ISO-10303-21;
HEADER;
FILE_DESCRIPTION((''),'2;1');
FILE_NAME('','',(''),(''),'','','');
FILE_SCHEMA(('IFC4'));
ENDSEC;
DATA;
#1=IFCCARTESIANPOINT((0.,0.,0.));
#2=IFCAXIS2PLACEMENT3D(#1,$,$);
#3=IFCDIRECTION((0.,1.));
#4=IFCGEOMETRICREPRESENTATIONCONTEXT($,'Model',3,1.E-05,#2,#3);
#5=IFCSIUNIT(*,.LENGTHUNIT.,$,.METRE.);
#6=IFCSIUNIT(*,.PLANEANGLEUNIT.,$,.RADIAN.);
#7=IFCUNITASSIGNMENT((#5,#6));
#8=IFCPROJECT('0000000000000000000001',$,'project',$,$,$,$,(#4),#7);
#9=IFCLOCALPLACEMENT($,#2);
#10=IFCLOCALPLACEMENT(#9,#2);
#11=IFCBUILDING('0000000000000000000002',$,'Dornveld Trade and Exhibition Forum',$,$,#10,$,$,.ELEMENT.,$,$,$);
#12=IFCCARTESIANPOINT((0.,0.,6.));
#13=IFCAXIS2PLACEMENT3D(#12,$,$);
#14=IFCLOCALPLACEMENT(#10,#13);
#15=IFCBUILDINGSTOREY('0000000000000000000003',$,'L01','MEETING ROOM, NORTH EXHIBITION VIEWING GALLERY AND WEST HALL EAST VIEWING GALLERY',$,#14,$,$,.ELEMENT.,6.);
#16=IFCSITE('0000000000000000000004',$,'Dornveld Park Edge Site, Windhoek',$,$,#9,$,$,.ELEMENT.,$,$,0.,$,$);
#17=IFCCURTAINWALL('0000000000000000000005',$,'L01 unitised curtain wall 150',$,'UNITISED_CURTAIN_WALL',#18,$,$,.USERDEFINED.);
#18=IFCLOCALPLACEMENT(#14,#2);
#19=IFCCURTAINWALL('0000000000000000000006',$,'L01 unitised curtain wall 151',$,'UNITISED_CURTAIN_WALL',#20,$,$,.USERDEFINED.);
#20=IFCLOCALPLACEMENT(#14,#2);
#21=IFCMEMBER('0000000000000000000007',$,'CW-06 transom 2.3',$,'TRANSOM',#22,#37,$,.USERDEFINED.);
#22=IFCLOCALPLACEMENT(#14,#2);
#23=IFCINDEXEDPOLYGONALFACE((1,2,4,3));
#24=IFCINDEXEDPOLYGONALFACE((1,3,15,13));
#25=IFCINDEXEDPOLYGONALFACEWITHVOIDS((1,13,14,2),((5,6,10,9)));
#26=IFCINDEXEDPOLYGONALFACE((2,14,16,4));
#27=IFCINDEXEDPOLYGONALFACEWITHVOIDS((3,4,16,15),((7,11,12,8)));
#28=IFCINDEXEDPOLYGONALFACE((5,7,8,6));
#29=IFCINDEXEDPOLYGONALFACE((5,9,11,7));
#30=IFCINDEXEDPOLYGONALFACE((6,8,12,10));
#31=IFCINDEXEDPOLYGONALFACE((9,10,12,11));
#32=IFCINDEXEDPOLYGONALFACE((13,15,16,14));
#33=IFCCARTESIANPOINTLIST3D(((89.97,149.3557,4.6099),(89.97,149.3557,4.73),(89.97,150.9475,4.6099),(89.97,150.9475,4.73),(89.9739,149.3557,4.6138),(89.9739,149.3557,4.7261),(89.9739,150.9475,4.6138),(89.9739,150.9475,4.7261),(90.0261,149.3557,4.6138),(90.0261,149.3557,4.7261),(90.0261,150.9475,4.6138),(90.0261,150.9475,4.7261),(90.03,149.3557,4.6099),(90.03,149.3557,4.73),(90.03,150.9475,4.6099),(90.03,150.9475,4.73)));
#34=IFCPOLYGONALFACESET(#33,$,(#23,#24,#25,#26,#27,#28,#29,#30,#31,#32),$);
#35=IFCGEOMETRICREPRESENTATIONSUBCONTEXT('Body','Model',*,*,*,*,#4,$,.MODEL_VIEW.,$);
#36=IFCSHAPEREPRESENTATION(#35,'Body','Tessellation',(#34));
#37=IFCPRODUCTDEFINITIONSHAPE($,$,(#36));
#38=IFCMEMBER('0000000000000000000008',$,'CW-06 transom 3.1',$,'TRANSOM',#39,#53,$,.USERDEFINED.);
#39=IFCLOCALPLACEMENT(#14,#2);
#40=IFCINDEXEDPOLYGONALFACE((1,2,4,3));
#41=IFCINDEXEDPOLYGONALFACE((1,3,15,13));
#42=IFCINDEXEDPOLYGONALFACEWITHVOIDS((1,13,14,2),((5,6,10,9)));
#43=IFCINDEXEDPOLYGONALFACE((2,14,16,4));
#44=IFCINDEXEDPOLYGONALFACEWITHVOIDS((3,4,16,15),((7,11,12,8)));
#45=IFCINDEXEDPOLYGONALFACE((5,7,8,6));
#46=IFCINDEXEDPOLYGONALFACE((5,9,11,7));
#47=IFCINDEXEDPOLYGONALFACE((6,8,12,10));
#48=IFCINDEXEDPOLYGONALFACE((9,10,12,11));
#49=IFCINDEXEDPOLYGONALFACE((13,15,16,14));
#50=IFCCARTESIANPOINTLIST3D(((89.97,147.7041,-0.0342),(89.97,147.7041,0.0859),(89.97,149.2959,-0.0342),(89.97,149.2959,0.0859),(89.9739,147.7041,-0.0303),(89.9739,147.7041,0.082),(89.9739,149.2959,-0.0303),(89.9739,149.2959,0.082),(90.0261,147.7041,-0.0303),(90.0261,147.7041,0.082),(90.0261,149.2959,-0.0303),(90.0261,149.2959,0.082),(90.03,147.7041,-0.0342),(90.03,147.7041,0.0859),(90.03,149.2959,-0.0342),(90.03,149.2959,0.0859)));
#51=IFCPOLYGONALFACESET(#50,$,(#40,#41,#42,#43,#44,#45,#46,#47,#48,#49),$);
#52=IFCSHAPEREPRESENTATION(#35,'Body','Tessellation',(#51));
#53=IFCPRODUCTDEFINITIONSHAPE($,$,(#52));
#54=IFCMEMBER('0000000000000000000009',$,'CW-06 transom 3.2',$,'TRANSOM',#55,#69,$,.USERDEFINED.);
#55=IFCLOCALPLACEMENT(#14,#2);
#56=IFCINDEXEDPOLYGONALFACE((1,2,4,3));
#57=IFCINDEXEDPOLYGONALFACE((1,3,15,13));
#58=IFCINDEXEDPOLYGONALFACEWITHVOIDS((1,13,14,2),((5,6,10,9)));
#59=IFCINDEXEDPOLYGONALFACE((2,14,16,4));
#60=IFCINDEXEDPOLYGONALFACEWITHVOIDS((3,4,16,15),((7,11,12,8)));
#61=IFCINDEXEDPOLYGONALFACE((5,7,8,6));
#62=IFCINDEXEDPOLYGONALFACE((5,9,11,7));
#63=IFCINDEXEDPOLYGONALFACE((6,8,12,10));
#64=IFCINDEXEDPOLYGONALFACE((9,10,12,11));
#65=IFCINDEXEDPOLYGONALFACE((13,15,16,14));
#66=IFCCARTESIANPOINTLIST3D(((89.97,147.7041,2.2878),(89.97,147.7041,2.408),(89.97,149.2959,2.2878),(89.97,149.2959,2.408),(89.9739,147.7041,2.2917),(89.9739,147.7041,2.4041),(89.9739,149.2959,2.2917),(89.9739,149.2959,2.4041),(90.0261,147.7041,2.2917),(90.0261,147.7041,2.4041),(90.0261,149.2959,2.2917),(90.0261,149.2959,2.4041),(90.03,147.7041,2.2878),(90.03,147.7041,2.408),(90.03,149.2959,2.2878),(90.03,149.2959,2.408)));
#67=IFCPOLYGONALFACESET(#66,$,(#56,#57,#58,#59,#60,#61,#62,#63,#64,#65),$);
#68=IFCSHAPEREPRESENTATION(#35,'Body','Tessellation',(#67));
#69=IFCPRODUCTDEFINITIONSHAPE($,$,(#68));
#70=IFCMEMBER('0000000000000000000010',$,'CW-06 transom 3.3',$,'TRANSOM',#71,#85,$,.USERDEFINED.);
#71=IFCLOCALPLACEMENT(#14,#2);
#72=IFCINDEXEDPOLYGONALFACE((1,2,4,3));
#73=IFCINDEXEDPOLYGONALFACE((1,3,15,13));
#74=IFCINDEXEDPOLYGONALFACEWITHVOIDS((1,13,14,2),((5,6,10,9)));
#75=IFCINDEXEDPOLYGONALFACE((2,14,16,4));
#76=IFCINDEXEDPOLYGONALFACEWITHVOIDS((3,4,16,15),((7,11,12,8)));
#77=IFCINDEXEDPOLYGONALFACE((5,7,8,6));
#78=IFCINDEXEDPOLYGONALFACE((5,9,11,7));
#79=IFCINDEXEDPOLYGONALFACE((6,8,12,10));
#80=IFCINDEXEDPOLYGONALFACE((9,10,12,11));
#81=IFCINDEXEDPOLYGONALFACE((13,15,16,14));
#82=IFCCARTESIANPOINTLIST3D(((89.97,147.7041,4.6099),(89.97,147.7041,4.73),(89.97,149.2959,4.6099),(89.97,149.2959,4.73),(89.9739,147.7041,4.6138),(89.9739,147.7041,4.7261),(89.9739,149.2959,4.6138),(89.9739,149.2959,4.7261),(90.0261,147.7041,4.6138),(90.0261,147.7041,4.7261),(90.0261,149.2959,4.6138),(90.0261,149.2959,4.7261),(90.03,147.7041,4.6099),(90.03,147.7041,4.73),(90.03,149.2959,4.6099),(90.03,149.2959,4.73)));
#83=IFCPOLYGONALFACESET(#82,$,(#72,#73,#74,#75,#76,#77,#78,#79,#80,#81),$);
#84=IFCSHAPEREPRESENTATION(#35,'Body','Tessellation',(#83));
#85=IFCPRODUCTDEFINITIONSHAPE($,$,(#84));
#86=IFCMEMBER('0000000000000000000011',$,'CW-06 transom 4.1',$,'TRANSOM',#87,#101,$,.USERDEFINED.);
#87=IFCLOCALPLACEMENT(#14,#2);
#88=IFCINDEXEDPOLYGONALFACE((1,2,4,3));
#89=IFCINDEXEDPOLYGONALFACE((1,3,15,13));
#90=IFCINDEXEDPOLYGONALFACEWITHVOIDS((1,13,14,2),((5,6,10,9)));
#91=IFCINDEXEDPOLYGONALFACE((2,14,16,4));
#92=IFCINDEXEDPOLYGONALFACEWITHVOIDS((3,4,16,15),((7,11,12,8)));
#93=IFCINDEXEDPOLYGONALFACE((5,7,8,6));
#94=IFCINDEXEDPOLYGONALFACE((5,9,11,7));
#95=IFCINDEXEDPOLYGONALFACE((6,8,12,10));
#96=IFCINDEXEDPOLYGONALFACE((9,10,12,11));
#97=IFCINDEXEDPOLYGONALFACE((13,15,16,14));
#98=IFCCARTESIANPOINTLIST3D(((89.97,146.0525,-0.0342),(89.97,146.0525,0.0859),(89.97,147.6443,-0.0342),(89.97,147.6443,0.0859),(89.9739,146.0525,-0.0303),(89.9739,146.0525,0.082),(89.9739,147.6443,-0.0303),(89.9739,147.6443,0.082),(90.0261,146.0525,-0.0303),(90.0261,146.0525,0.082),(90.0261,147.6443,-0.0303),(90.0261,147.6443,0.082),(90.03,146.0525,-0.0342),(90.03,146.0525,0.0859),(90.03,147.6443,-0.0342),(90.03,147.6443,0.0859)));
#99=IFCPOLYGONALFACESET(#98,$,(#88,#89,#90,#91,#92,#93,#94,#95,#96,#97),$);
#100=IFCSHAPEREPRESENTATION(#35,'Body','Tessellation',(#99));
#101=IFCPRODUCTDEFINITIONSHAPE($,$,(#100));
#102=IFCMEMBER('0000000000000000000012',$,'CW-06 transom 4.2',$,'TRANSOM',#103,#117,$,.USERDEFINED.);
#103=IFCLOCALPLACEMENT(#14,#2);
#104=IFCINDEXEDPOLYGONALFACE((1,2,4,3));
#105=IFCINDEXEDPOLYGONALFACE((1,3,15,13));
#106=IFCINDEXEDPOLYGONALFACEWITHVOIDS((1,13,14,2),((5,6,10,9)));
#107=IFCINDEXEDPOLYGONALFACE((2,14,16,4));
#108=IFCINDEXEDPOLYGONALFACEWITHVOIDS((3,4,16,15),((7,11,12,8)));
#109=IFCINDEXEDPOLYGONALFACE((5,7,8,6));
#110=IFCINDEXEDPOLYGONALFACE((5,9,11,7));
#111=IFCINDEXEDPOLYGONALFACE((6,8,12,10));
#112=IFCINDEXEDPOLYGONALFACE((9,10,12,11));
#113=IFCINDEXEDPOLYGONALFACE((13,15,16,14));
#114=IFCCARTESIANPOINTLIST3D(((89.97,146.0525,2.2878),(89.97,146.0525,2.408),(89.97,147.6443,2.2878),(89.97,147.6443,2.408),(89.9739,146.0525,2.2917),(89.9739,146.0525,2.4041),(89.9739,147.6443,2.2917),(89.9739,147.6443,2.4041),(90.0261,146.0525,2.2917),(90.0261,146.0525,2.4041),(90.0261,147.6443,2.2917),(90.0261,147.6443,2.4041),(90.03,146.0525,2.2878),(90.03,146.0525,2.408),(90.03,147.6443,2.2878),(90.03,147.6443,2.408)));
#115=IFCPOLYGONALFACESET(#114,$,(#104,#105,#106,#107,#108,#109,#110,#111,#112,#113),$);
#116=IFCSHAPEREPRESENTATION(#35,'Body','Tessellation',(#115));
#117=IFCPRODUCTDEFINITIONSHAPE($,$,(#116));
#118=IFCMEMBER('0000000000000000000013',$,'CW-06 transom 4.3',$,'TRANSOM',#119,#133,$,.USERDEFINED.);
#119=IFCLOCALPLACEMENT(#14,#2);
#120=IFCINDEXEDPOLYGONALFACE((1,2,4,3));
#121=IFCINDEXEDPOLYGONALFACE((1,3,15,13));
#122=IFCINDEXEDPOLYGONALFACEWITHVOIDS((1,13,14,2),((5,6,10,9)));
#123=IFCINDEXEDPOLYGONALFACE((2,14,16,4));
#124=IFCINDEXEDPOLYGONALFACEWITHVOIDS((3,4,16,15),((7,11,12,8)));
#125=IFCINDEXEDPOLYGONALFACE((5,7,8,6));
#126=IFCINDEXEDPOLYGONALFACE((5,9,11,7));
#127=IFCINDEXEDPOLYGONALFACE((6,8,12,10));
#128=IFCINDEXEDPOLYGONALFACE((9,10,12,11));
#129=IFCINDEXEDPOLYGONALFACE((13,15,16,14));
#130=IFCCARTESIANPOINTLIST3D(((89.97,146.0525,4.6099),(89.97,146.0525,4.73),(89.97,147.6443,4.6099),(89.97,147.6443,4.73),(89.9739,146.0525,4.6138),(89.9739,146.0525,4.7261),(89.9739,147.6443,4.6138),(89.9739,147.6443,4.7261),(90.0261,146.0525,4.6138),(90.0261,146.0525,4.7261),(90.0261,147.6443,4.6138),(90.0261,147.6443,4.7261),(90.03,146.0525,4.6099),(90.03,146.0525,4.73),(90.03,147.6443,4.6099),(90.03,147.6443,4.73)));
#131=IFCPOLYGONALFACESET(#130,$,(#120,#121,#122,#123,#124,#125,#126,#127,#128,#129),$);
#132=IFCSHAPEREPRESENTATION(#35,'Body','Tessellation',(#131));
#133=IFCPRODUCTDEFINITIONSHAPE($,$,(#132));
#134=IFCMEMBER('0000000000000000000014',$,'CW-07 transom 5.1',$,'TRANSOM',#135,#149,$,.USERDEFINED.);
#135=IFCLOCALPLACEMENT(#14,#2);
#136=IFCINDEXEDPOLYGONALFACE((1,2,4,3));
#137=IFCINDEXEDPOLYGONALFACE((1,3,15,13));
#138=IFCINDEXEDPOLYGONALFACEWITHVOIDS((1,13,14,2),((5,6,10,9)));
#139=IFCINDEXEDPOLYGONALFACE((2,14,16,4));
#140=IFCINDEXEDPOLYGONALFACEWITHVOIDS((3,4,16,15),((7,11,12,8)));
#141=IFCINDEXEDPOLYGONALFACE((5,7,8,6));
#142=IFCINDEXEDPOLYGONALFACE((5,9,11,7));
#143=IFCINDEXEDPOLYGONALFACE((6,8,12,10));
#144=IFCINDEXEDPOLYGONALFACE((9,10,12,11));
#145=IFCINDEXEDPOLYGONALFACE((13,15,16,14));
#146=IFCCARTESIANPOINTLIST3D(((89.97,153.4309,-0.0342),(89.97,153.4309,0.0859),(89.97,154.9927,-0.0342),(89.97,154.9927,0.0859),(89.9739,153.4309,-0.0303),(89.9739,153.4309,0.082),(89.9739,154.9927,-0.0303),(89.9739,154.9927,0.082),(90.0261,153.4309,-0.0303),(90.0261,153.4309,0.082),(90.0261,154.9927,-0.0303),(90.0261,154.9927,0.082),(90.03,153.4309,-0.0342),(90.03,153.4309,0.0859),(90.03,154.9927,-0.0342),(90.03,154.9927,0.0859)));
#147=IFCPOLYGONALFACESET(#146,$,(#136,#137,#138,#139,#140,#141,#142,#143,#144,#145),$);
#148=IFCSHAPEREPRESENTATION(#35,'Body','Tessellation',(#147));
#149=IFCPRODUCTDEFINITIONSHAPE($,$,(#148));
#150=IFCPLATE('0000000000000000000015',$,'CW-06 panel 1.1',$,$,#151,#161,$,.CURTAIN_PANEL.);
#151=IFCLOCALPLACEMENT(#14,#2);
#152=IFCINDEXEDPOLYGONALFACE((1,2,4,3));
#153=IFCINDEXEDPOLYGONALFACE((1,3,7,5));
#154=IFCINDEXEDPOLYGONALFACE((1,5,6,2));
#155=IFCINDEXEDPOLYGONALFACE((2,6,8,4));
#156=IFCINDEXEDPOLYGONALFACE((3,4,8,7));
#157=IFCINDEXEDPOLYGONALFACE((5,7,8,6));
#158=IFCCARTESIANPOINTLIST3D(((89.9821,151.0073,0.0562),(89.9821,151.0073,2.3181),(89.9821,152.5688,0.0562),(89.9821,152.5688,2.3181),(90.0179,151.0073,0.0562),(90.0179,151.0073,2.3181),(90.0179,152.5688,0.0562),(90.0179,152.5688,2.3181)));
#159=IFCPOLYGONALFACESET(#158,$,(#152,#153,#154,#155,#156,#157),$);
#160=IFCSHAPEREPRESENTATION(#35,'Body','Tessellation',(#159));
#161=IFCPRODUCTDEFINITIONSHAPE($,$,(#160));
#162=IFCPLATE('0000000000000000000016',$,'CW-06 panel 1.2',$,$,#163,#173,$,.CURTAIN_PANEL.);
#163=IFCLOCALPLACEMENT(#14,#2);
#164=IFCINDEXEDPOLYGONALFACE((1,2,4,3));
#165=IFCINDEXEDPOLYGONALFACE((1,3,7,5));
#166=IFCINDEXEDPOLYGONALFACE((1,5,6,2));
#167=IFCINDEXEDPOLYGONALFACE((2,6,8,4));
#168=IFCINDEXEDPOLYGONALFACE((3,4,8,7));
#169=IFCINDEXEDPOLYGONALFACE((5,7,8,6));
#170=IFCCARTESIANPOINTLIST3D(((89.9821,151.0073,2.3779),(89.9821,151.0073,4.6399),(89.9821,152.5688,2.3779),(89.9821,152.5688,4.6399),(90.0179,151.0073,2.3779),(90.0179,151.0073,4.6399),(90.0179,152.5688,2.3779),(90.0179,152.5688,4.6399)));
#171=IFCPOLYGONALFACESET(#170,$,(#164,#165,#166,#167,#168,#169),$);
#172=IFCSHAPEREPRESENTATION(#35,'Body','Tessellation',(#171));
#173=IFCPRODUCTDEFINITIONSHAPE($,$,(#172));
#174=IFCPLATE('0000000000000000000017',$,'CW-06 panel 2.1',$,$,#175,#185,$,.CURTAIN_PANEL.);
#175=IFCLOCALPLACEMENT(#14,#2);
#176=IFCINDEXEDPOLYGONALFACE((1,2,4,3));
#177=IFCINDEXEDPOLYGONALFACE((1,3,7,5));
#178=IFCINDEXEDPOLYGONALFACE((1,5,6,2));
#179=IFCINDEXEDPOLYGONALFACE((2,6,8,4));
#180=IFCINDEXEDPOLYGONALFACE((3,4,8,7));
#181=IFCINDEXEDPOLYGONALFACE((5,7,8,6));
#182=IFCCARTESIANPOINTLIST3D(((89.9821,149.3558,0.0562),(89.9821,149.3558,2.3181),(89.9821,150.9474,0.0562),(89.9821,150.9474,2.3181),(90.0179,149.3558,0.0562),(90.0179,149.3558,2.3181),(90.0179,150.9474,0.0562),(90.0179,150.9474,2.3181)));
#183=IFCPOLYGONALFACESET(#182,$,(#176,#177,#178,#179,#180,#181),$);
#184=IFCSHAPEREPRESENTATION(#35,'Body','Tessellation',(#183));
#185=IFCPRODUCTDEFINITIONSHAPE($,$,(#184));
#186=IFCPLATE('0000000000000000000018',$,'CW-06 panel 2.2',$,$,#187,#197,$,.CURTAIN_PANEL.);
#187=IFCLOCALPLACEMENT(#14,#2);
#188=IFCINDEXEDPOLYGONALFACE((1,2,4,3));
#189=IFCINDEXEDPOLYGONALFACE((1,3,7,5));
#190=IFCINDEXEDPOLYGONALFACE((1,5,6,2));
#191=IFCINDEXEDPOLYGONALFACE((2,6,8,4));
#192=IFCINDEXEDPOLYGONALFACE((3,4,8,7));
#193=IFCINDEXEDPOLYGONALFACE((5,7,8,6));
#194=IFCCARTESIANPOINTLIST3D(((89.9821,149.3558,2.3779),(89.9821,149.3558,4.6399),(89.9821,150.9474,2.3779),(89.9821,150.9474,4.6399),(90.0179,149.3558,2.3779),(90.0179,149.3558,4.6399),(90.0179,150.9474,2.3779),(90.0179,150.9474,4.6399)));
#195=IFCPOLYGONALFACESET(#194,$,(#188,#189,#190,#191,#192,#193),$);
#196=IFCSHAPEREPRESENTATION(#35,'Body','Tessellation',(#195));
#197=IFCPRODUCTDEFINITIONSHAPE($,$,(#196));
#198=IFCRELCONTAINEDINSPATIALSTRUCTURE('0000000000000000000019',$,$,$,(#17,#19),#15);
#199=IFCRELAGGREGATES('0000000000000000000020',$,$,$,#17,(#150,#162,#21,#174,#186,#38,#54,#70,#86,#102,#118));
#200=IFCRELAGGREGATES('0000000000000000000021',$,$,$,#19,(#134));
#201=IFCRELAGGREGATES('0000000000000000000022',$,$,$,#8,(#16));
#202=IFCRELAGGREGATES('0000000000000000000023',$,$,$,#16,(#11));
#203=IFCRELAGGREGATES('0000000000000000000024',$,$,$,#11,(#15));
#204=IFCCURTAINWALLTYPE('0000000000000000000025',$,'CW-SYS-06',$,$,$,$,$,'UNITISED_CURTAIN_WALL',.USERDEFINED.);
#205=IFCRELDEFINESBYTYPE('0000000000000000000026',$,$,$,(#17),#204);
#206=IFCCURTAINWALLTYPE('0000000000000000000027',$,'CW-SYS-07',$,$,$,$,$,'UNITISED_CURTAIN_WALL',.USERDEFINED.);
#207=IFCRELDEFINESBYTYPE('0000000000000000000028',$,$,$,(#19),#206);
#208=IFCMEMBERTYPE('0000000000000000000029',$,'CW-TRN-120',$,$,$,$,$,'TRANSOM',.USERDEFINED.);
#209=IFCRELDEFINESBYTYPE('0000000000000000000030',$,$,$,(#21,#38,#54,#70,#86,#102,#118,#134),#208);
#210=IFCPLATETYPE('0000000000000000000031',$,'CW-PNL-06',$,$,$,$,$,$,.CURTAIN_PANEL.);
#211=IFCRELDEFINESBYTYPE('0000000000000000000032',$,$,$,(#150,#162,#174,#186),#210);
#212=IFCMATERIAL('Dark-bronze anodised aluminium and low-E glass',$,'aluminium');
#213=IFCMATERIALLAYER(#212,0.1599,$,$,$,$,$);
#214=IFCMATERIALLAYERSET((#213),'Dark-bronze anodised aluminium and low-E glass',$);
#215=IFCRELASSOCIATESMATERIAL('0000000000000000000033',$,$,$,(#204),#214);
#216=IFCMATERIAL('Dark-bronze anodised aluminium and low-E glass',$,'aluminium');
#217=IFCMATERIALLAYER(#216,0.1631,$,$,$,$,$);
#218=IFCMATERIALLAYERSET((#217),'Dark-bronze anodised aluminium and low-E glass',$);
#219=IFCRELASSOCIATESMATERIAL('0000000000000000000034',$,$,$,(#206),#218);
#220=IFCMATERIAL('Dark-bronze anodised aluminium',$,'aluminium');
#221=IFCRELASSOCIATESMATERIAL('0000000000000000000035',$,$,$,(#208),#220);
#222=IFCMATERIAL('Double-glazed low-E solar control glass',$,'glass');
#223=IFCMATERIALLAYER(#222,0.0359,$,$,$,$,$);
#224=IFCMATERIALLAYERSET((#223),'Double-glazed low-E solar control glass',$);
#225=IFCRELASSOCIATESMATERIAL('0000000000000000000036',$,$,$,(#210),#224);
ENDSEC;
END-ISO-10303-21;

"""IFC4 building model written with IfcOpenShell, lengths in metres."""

from ifc_helpers import new_model, si_unit, direction, frame, origin, origin_2d, place, context, subcontext, project, spatial, rectangle, hollow_rectangle, extrude, material, layer, layer_set, material_profile, profile_set, type_object, element, aggregate, save


model = new_model("IFC4")

# Units and contexts
model_context = context("Model", 3, precision=1e-05, world=origin(), true_north=direction((0.0, 1.0)))
body_context = subcontext(model_context, "Body", "Model", "MODEL_VIEW")
ifc_project = project(units=[si_unit("LENGTHUNIT", "METRE"), si_unit("PLANEANGLEUNIT", "RADIAN")], contexts=[model_context])

# Site, building, storey
site_placement = place(None, origin())
site = spatial("IfcSite", under=ifc_project, at=site_placement, Name="Dornveld Park Edge Site, Windhoek", CompositionType="ELEMENT", RefElevation=0.0)
building_placement = place(site_placement, origin())
building = spatial("IfcBuilding", under=site, at=building_placement, Name="Dornveld Trade and Exhibition Forum", CompositionType="ELEMENT")
storey_placement = place(building_placement, frame((0.0, 0.0, 6.0)))
storey = spatial("IfcBuildingStorey", under=building, at=storey_placement, Name="L01", Description="MEETING ROOM, NORTH EXHIBITION VIEWING GALLERY AND WEST HALL EAST VIEWING GALLERY", CompositionType="ELEMENT", Elevation=6.0)

# Curtain wall
ifc_material_1 = material(Name="Dark-bronze anodised aluminium and low-E glass", Category="aluminium")
ifc_layer_1 = layer(ifc_material_1, 0.1599)
ifc_layer_set_1 = layer_set([ifc_layer_1], Name="Dark-bronze anodised aluminium and low-E glass")
curtain_wall_type_1 = type_object("IfcCurtainWallType", Name="CW-SYS-06", ElementType="UNITISED_CURTAIN_WALL", PredefinedType="USERDEFINED", material=ifc_layer_set_1)
curtain_wall_1_placement = place(storey_placement, origin())
curtain_wall_1 = element("IfcCurtainWall", 1, at=curtain_wall_1_placement, inside=storey, type_object=curtain_wall_type_1, Name="L01 unitised curtain wall 150", ObjectType="UNITISED_CURTAIN_WALL", PredefinedType="USERDEFINED")

# Curtain wall
ifc_material_2 = material(Name="Dark-bronze anodised aluminium and low-E glass", Category="aluminium")
ifc_layer_2 = layer(ifc_material_2, 0.1631)
ifc_layer_set_2 = layer_set([ifc_layer_2], Name="Dark-bronze anodised aluminium and low-E glass")
curtain_wall_type_2 = type_object("IfcCurtainWallType", Name="CW-SYS-07", ElementType="UNITISED_CURTAIN_WALL", PredefinedType="USERDEFINED", material=ifc_layer_set_2)
curtain_wall_2_placement = place(storey_placement, origin())
curtain_wall_2 = element("IfcCurtainWall", 2, at=curtain_wall_2_placement, inside=storey, type_object=curtain_wall_type_2, Name="L01 unitised curtain wall 151", ObjectType="UNITISED_CURTAIN_WALL", PredefinedType="USERDEFINED")

# Members
ifc_material_3 = material(Name="Dark-bronze anodised aluminium", Category="aluminium")
ifc_material_profile_1 = material_profile(ifc_material_3, hollow_rectangle(XDim=0.0601, YDim=0.1201, WallThickness=0.0039, at=origin_2d()), Name="RHS 120x60x4")
ifc_profile_set_1 = profile_set([ifc_material_profile_1], Name="Dark-bronze anodised aluminium")
member_type_1 = type_object("IfcMemberType", Name="CW-TRN-120", ElementType="TRANSOM", PredefinedType="USERDEFINED", material=ifc_profile_set_1)
member_1_placement = place(storey_placement, frame((90.0, 150.9475, 4.6699), z_axis=(0.0, -1.0, 0.0), x_axis=(1.0, 0.0, 0.0)))
member_1 = element("IfcMember", 3, at=member_1_placement, type_object=member_type_1, Name="CW-06 transom 2.3", ObjectType="TRANSOM", PredefinedType="USERDEFINED", context=body_context, shape_type="SweptSolid", body=[
    extrude(hollow_rectangle(XDim=0.0601, YDim=0.1201, WallThickness=0.0039, at=origin_2d()), origin(), (0.0, 0.0, 1.0), 1.5918),
])
member_2_placement = place(storey_placement, frame((90.0, 149.2959, 0.0259), z_axis=(0.0, -1.0, 0.0), x_axis=(1.0, 0.0, 0.0)))
member_2 = element("IfcMember", 4, at=member_2_placement, type_object=member_type_1, Name="CW-06 transom 3.1", ObjectType="TRANSOM", PredefinedType="USERDEFINED", context=body_context, shape_type="SweptSolid", body=[
    extrude(hollow_rectangle(XDim=0.0601, YDim=0.1201, WallThickness=0.0039, at=origin_2d()), origin(), (0.0, 0.0, 1.0), 1.5918),
])
member_3_placement = place(storey_placement, frame((90.0, 149.2959, 2.3479), z_axis=(0.0, -1.0, 0.0), x_axis=(1.0, 0.0, 0.0)))
member_3 = element("IfcMember", 5, at=member_3_placement, type_object=member_type_1, Name="CW-06 transom 3.2", ObjectType="TRANSOM", PredefinedType="USERDEFINED", context=body_context, shape_type="SweptSolid", body=[
    extrude(hollow_rectangle(XDim=0.0601, YDim=0.1201, WallThickness=0.0039, at=origin_2d()), origin(), (0.0, 0.0, 1.0), 1.5918),
])
member_4_placement = place(storey_placement, frame((90.0, 149.2959, 4.6699), z_axis=(0.0, -1.0, 0.0), x_axis=(1.0, 0.0, 0.0)))
member_4 = element("IfcMember", 6, at=member_4_placement, type_object=member_type_1, Name="CW-06 transom 3.3", ObjectType="TRANSOM", PredefinedType="USERDEFINED", context=body_context, shape_type="SweptSolid", body=[
    extrude(hollow_rectangle(XDim=0.0601, YDim=0.1201, WallThickness=0.0039, at=origin_2d()), origin(), (0.0, 0.0, 1.0), 1.5918),
])
member_5_placement = place(storey_placement, frame((90.0, 147.6443, 0.0259), z_axis=(0.0, -1.0, 0.0), x_axis=(1.0, 0.0, 0.0)))
member_5 = element("IfcMember", 7, at=member_5_placement, type_object=member_type_1, Name="CW-06 transom 4.1", ObjectType="TRANSOM", PredefinedType="USERDEFINED", context=body_context, shape_type="SweptSolid", body=[
    extrude(hollow_rectangle(XDim=0.0601, YDim=0.1201, WallThickness=0.0039, at=origin_2d()), origin(), (0.0, 0.0, 1.0), 1.5918),
])
member_6_placement = place(storey_placement, frame((90.0, 147.6443, 2.3479), z_axis=(0.0, -1.0, 0.0), x_axis=(1.0, 0.0, 0.0)))
member_6 = element("IfcMember", 8, at=member_6_placement, type_object=member_type_1, Name="CW-06 transom 4.2", ObjectType="TRANSOM", PredefinedType="USERDEFINED", context=body_context, shape_type="SweptSolid", body=[
    extrude(hollow_rectangle(XDim=0.0601, YDim=0.1201, WallThickness=0.0039, at=origin_2d()), origin(), (0.0, 0.0, 1.0), 1.5918),
])
member_7_placement = place(storey_placement, frame((90.0, 147.6443, 4.6699), z_axis=(0.0, -1.0, 0.0), x_axis=(1.0, 0.0, 0.0)))
member_7 = element("IfcMember", 9, at=member_7_placement, type_object=member_type_1, Name="CW-06 transom 4.3", ObjectType="TRANSOM", PredefinedType="USERDEFINED", context=body_context, shape_type="SweptSolid", body=[
    extrude(hollow_rectangle(XDim=0.0601, YDim=0.1201, WallThickness=0.0039, at=origin_2d()), origin(), (0.0, 0.0, 1.0), 1.5918),
])
member_8_placement = place(storey_placement, frame((90.0, 154.9927, 0.0259), z_axis=(0.0, -1.0, 0.0), x_axis=(1.0, 0.0, 0.0)))
member_8 = element("IfcMember", 10, at=member_8_placement, type_object=member_type_1, Name="CW-07 transom 5.1", ObjectType="TRANSOM", PredefinedType="USERDEFINED", context=body_context, shape_type="SweptSolid", body=[
    extrude(hollow_rectangle(XDim=0.0601, YDim=0.1201, WallThickness=0.0039, at=origin_2d()), origin(), (0.0, 0.0, 1.0), 1.5618),
])

# Plates
ifc_material_4 = material(Name="Double-glazed low-E solar control glass", Category="glass")
ifc_layer_3 = layer(ifc_material_4, 0.0359)
ifc_layer_set_3 = layer_set([ifc_layer_3], Name="Double-glazed low-E solar control glass")
plate_type_1 = type_object("IfcPlateType", Name="CW-PNL-06", PredefinedType="CURTAIN_PANEL", material=ifc_layer_set_3)
plate_1_placement = place(storey_placement, frame((90.0, 151.7881, 0.0562), z_axis=(0.0, 0.0, 1.0), x_axis=(0.0, -1.0, 0.0)))
plate_1 = element("IfcPlate", 11, at=plate_1_placement, type_object=plate_type_1, Name="CW-06 panel 1.1", PredefinedType="CURTAIN_PANEL", context=body_context, shape_type="SweptSolid", body=[
    extrude(rectangle(XDim=1.5615, YDim=0.0359, at=origin_2d()), origin(), (0.0, 0.0, 1.0), 2.262),
])
plate_2_placement = place(storey_placement, frame((90.0, 151.7881, 2.3779), z_axis=(0.0, 0.0, 1.0), x_axis=(0.0, -1.0, 0.0)))
plate_2 = element("IfcPlate", 12, at=plate_2_placement, type_object=plate_type_1, Name="CW-06 panel 1.2", PredefinedType="CURTAIN_PANEL", context=body_context, shape_type="SweptSolid", body=[
    extrude(rectangle(XDim=1.5615, YDim=0.0359, at=origin_2d()), origin(), (0.0, 0.0, 1.0), 2.262),
])
plate_3_placement = place(storey_placement, frame((90.0, 150.1516, 0.0562), z_axis=(0.0, 0.0, 1.0), x_axis=(0.0, -1.0, 0.0)))
plate_3 = element("IfcPlate", 13, at=plate_3_placement, type_object=plate_type_1, Name="CW-06 panel 2.1", PredefinedType="CURTAIN_PANEL", context=body_context, shape_type="SweptSolid", body=[
    extrude(rectangle(XDim=1.5916, YDim=0.0359, at=origin_2d()), origin(), (0.0, 0.0, 1.0), 2.262),
])
plate_4_placement = place(storey_placement, frame((90.0, 150.1516, 2.3779), z_axis=(0.0, 0.0, 1.0), x_axis=(0.0, -1.0, 0.0)))
plate_4 = element("IfcPlate", 14, at=plate_4_placement, type_object=plate_type_1, Name="CW-06 panel 2.2", PredefinedType="CURTAIN_PANEL", context=body_context, shape_type="SweptSolid", body=[
    extrude(rectangle(XDim=1.5916, YDim=0.0359, at=origin_2d()), origin(), (0.0, 0.0, 1.0), 2.262),
])
aggregate(curtain_wall_1, [plate_1, plate_2, member_1, plate_3, plate_4, member_2, member_3, member_4, member_5, member_6, member_7])
aggregate(curtain_wall_2, [member_8])

save(model, "model.ifc")
